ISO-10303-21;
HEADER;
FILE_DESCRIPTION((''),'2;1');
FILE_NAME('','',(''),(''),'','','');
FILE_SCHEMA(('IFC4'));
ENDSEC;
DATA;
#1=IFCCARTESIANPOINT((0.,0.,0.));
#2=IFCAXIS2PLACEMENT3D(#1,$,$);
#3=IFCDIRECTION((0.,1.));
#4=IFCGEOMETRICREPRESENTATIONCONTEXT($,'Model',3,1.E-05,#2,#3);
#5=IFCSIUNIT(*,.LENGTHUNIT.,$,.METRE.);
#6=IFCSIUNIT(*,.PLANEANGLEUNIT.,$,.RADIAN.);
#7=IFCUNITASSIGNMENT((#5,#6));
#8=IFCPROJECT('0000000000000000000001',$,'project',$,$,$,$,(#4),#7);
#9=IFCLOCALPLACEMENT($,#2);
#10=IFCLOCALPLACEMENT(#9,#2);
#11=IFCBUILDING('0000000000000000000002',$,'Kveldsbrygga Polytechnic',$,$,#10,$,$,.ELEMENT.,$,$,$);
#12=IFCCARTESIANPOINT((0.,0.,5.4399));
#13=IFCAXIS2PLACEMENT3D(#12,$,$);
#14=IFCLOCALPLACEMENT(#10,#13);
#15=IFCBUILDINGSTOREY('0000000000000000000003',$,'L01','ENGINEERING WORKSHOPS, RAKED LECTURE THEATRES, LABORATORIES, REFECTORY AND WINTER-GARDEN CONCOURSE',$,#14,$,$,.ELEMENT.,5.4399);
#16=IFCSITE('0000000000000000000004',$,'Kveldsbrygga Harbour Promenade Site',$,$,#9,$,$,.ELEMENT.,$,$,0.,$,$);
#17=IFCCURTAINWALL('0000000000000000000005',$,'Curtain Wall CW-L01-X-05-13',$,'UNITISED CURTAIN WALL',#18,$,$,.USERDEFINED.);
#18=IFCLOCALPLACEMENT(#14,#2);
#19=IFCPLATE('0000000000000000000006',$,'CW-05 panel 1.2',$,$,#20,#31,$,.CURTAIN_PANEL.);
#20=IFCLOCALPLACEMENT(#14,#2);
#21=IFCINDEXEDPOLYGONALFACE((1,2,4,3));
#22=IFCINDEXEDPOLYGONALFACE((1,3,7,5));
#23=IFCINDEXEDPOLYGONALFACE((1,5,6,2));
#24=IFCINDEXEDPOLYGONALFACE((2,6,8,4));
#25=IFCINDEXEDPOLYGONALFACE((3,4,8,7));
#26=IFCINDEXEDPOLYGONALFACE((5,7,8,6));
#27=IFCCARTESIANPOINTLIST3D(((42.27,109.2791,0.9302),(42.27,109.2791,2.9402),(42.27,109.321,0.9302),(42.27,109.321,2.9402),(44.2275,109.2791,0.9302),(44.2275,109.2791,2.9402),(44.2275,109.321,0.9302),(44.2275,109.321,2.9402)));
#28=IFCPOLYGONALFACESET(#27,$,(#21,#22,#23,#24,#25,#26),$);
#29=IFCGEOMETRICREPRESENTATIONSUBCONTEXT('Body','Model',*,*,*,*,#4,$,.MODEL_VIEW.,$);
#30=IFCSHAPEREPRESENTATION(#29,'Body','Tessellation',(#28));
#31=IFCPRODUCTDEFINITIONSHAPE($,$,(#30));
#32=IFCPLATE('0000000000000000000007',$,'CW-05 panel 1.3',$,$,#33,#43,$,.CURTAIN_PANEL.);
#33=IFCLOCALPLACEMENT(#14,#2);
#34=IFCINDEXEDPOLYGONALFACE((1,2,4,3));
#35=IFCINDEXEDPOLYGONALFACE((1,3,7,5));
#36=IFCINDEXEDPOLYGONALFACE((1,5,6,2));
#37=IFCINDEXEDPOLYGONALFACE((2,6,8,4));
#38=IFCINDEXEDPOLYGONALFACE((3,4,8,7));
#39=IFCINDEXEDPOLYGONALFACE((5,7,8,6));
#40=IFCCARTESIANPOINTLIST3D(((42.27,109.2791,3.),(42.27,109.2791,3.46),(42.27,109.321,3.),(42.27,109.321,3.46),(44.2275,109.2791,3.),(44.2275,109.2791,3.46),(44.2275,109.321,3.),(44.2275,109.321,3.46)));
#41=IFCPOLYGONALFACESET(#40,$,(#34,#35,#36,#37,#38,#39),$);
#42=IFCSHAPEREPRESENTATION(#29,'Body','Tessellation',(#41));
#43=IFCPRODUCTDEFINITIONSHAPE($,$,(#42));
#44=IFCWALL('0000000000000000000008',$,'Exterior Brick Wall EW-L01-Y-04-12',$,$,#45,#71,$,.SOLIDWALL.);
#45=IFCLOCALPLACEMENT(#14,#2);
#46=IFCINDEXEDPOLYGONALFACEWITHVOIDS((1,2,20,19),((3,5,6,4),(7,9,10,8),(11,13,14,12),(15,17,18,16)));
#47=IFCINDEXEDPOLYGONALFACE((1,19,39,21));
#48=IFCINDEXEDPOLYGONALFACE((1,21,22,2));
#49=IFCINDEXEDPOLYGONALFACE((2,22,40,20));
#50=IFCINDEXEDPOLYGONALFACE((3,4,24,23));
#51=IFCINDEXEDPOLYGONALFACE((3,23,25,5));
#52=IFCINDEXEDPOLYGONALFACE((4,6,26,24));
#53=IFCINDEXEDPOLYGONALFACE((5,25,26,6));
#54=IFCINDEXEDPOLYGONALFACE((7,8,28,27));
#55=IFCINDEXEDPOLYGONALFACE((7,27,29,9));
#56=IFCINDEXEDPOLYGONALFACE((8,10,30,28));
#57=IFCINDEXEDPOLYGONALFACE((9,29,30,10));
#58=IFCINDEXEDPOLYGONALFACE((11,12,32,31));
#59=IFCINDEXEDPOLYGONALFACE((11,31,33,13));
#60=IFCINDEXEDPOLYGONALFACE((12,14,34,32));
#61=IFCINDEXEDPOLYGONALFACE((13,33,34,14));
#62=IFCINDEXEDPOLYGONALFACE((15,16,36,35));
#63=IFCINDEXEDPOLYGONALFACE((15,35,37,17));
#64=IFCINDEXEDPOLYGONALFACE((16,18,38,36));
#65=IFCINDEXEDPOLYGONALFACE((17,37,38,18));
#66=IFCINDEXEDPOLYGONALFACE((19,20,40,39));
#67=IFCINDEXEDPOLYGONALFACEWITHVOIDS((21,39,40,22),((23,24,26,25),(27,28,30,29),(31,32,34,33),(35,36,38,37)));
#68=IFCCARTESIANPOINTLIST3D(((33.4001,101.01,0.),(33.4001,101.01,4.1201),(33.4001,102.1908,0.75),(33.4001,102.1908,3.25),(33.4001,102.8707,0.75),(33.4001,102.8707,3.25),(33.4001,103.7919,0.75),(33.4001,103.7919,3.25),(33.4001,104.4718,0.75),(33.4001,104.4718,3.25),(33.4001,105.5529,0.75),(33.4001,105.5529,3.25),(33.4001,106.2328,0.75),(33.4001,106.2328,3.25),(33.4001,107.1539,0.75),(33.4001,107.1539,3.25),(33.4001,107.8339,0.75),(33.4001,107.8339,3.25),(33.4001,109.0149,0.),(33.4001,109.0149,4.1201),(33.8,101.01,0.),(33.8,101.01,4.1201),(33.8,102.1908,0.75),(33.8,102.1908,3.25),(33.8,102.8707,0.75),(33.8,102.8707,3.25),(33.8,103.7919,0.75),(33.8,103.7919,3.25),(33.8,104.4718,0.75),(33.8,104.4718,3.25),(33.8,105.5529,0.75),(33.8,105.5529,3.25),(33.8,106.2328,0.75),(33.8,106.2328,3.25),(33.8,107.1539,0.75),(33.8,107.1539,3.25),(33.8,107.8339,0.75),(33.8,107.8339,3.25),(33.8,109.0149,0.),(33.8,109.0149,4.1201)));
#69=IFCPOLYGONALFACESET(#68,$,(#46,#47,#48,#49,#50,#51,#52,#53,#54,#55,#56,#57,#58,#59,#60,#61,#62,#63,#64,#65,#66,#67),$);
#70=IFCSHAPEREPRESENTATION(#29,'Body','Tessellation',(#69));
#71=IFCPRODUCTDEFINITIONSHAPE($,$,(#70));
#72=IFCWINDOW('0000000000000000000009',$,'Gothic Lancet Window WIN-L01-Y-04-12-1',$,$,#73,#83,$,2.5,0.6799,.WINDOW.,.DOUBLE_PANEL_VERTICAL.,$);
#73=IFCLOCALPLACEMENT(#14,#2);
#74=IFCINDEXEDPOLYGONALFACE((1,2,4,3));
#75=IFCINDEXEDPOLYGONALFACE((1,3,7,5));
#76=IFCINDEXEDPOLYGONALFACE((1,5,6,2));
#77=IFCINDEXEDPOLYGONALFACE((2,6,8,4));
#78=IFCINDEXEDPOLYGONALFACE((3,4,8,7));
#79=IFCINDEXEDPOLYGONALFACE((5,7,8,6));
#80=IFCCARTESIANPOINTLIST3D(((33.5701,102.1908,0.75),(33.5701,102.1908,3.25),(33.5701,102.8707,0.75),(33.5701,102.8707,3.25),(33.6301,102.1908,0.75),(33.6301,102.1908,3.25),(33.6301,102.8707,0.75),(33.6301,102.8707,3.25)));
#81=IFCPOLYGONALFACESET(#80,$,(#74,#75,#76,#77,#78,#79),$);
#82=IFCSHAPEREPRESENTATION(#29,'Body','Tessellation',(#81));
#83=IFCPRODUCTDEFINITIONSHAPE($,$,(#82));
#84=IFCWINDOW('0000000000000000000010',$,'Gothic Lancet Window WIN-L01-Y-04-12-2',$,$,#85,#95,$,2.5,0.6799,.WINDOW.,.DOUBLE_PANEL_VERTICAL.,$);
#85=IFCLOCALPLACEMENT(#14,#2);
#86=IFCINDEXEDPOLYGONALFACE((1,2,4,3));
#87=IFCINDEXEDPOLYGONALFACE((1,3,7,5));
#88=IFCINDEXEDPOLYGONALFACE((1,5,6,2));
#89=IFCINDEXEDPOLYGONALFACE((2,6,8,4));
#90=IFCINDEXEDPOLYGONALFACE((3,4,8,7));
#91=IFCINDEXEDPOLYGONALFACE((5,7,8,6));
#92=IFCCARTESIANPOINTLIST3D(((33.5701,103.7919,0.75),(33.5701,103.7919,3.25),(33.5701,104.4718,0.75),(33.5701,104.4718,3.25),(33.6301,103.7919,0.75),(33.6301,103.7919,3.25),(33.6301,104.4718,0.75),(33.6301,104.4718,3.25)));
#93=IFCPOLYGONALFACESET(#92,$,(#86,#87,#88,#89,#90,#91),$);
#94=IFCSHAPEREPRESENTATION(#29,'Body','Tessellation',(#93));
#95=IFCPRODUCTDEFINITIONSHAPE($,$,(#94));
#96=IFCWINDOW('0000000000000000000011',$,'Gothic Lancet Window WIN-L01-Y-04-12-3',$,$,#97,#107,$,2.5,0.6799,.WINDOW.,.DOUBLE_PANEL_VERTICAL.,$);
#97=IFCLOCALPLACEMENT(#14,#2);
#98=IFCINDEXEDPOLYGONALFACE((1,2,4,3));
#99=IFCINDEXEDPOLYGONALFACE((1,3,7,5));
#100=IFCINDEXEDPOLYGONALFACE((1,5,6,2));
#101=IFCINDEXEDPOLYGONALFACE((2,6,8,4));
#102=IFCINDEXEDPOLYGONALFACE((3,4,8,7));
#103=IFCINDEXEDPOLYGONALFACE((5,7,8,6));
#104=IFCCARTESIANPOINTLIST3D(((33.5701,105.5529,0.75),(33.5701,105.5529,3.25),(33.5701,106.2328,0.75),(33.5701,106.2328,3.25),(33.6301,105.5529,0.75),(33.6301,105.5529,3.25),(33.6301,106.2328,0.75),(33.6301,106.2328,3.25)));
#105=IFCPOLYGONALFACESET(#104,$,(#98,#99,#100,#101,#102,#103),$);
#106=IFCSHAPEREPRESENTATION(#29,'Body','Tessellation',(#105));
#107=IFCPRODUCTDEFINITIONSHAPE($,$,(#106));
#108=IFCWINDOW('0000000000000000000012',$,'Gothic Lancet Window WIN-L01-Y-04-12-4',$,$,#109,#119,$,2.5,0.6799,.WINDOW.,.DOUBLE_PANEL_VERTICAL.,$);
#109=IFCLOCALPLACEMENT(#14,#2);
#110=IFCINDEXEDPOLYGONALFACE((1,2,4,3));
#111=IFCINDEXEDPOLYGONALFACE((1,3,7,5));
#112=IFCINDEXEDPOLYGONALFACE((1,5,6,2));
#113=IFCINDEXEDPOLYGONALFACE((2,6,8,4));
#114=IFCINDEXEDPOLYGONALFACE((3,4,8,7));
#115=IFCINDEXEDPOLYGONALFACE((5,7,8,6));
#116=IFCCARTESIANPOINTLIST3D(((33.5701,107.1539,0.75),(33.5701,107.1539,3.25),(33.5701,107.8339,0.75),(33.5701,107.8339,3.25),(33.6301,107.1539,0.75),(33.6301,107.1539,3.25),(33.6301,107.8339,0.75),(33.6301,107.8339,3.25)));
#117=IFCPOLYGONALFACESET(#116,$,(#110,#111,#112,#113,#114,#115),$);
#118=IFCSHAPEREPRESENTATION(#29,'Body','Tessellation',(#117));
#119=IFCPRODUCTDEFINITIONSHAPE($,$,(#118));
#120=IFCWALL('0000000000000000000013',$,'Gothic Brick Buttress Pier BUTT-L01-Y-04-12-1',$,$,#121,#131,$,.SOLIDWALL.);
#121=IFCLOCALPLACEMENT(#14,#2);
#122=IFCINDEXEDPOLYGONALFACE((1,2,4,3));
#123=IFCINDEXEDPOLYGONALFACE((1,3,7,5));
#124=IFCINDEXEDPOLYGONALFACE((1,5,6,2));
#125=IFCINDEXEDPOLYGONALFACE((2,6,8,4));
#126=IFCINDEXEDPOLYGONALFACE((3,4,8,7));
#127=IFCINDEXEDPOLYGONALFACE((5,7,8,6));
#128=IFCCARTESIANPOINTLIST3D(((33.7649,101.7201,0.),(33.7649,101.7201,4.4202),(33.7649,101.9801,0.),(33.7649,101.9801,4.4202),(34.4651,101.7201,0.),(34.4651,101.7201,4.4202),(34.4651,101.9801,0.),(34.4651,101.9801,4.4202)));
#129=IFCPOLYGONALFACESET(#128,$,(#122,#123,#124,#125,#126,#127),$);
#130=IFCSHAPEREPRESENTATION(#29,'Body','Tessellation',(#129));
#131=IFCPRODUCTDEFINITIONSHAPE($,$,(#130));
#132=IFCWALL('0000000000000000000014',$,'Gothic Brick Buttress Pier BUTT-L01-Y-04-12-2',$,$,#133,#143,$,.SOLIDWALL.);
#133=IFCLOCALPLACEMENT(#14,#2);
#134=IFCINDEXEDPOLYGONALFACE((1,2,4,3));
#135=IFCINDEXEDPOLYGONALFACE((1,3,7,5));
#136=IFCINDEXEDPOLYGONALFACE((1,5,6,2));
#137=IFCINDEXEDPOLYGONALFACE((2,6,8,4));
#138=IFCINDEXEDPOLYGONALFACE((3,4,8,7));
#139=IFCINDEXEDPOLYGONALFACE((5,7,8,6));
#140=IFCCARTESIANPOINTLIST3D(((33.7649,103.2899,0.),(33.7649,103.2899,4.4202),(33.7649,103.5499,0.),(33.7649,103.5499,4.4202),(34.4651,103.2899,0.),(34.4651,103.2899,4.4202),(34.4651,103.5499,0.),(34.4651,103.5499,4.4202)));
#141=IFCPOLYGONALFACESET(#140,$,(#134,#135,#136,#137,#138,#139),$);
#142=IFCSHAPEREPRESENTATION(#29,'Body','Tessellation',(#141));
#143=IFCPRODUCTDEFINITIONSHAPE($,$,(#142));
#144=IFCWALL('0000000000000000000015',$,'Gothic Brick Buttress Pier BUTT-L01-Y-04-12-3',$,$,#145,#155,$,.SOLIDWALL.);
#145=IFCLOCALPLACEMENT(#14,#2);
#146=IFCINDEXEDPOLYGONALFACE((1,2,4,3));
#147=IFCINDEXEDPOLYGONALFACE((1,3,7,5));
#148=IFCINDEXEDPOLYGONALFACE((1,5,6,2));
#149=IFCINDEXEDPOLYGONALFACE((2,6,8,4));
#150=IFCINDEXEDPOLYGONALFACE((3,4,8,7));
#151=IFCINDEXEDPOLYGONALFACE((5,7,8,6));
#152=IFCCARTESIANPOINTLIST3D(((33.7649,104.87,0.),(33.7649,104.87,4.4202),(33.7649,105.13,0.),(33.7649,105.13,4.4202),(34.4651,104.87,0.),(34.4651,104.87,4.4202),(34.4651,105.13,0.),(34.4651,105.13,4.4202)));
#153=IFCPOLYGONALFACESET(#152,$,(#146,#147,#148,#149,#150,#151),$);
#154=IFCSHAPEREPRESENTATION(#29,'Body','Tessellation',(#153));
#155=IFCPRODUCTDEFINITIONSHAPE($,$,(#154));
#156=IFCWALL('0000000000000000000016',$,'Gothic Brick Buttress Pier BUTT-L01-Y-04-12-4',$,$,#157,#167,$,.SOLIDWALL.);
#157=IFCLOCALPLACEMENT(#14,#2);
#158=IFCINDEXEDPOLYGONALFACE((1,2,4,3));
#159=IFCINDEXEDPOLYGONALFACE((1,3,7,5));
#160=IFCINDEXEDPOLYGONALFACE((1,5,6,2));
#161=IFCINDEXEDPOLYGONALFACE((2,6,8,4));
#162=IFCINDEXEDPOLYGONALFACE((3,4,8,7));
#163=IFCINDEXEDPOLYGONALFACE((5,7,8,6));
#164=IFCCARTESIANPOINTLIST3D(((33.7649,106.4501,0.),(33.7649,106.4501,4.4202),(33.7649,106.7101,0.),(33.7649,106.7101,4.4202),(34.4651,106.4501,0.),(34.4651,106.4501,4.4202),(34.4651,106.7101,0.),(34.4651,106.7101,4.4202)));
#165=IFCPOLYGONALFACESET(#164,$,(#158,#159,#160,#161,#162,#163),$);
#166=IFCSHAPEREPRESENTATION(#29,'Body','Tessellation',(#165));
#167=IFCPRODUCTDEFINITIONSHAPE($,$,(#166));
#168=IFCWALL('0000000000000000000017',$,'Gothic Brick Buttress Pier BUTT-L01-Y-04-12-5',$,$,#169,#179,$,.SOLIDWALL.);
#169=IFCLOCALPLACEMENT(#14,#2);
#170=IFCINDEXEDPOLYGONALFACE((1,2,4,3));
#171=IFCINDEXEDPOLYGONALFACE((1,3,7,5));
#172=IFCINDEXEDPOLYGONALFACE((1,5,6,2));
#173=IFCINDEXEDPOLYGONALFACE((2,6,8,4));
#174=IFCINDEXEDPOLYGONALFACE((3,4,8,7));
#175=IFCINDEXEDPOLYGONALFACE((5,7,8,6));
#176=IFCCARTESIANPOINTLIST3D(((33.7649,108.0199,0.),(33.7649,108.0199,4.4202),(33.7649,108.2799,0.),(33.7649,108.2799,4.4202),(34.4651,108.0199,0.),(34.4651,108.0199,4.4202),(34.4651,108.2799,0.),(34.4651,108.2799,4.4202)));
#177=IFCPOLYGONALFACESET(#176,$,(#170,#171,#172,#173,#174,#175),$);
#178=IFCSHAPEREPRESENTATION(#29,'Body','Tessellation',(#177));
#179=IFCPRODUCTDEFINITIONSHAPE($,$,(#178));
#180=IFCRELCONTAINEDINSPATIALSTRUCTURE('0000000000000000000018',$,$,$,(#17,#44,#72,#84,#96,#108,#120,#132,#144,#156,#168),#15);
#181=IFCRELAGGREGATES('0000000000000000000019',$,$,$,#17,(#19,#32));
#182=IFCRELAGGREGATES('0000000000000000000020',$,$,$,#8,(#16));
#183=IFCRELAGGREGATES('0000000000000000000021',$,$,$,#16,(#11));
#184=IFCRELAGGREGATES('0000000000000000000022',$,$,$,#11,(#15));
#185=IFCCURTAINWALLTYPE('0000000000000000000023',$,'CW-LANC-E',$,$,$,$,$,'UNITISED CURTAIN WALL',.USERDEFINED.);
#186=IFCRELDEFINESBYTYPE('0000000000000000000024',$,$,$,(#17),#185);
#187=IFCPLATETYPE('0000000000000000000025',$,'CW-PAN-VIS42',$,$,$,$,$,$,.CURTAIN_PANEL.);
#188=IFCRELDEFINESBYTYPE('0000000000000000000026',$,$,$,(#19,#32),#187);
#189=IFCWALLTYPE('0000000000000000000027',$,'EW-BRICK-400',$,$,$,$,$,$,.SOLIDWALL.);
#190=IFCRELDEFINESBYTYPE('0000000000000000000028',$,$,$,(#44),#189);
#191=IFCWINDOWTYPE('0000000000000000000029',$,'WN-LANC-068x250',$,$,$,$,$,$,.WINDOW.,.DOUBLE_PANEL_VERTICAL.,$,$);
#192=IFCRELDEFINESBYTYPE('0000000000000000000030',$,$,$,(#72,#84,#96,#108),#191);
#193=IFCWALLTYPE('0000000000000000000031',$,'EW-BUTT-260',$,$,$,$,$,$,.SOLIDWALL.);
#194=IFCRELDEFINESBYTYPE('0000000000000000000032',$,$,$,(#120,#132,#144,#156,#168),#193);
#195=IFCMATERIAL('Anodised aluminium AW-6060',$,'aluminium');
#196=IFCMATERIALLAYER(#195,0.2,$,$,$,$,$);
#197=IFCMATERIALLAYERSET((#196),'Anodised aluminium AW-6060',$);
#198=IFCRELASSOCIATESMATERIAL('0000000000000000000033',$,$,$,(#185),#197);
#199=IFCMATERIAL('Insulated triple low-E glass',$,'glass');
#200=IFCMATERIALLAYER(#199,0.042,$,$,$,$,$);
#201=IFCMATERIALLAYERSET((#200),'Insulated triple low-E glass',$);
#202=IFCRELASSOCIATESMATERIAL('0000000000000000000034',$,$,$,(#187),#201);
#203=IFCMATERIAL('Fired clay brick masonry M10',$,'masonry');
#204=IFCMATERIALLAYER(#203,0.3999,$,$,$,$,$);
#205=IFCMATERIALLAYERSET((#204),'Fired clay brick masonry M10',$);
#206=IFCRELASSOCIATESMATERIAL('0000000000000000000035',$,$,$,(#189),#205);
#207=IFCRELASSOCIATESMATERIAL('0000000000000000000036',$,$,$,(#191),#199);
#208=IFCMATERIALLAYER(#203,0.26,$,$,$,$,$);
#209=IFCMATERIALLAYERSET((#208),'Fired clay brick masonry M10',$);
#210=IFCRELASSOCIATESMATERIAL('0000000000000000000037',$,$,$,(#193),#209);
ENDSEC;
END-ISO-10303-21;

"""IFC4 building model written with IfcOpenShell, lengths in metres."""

from ifc_helpers import new_model, si_unit, direction, frame, frame_2d, origin, origin_2d, place, context, subcontext, project, spatial, rectangle, extrude, material, layer, layer_set, type_object, element, fill, aggregate, save


model = new_model("IFC4")

# Units and contexts
model_context = context("Model", 3, precision=1e-05, world=origin(), true_north=direction((0.0, 1.0)))
body_context = subcontext(model_context, "Body", "Model", "MODEL_VIEW")
ifc_project = project(units=[si_unit("LENGTHUNIT", "METRE"), si_unit("PLANEANGLEUNIT", "RADIAN")], contexts=[model_context])

# Site, building, storey
site_placement = place(None, origin())
site = spatial("IfcSite", under=ifc_project, at=site_placement, Name="Kveldsbrygga Harbour Promenade Site", CompositionType="ELEMENT", RefElevation=0.0)
building_placement = place(site_placement, origin())
building = spatial("IfcBuilding", under=site, at=building_placement, Name="Kveldsbrygga Polytechnic", CompositionType="ELEMENT")
storey_placement = place(building_placement, frame((0.0, 0.0, 5.4399)))
storey = spatial("IfcBuildingStorey", under=building, at=storey_placement, Name="L01", Description="ENGINEERING WORKSHOPS, RAKED LECTURE THEATRES, LABORATORIES, REFECTORY AND WINTER-GARDEN CONCOURSE", CompositionType="ELEMENT", Elevation=5.4399)

# Curtain wall
ifc_material_1 = material(Name="Anodised aluminium AW-6060", Category="aluminium")
ifc_layer_1 = layer(ifc_material_1, 0.2)
ifc_layer_set_1 = layer_set([ifc_layer_1], Name="Anodised aluminium AW-6060")
curtain_wall_type = type_object("IfcCurtainWallType", Name="CW-LANC-E", ElementType="UNITISED CURTAIN WALL", PredefinedType="USERDEFINED", material=ifc_layer_set_1)
curtain_wall_placement = place(storey_placement, origin())
curtain_wall = element("IfcCurtainWall", 1, at=curtain_wall_placement, inside=storey, type_object=curtain_wall_type, Name="Curtain Wall CW-L01-X-05-13", ObjectType="UNITISED CURTAIN WALL", PredefinedType="USERDEFINED")

# Plates
ifc_material_2 = material(Name="Insulated triple low-E glass", Category="glass")
ifc_layer_2 = layer(ifc_material_2, 0.042)
ifc_layer_set_2 = layer_set([ifc_layer_2], Name="Insulated triple low-E glass")
plate_type_1 = type_object("IfcPlateType", Name="CW-PAN-VIS42", PredefinedType="CURTAIN_PANEL", material=ifc_layer_set_2)
plate_1_placement = place(storey_placement, frame((43.2488, 109.3, 0.9302), z_axis=(0.0, 0.0, 1.0), x_axis=(1.0, 0.0, 0.0)))
plate_1 = element("IfcPlate", 2, at=plate_1_placement, type_object=plate_type_1, Name="CW-05 panel 1.2", PredefinedType="CURTAIN_PANEL", context=body_context, shape_type="SweptSolid", body=[
    extrude(rectangle(XDim=1.9575, YDim=0.042, at=origin_2d()), origin(), (0.0, 0.0, 1.0), 2.01),
])
plate_2_placement = place(storey_placement, frame((43.2488, 109.3, 3.0), z_axis=(0.0, 0.0, 1.0), x_axis=(1.0, 0.0, 0.0)))
plate_2 = element("IfcPlate", 3, at=plate_2_placement, type_object=plate_type_1, Name="CW-05 panel 1.3", PredefinedType="CURTAIN_PANEL", context=body_context, shape_type="SweptSolid", body=[
    extrude(rectangle(XDim=1.9575, YDim=0.042, at=origin_2d()), origin(), (0.0, 0.0, 1.0), 0.46),
])
aggregate(curtain_wall, [plate_1, plate_2])

# Wall, openings, windows
ifc_material_3 = material(Name="Fired clay brick masonry M10", Category="masonry")
ifc_layer_3 = layer(ifc_material_3, 0.3999)
ifc_layer_set_3 = layer_set([ifc_layer_3], Name="Fired clay brick masonry M10")
wall_type_1 = type_object("IfcWallType", Name="EW-BRICK-400", PredefinedType="SOLIDWALL", material=ifc_layer_set_3)
wall_placement = place(storey_placement, frame((33.6001, 101.01, 0.0), z_axis=(0.0, 0.0, 1.0), x_axis=(0.0, 1.0, 0.0)))
wall = element("IfcWall", 4, at=wall_placement, inside=storey, type_object=wall_type_1, Name="Exterior Brick Wall EW-L01-Y-04-12", PredefinedType="SOLIDWALL", context=body_context, shape_type="SweptSolid", body=[
    extrude(rectangle(XDim=8.0049, YDim=0.3999, at=frame_2d((4.0024, 0.0))), origin(), (0.0, 0.0, 1.0), 4.1201),
])
opening_1_placement = place(wall_placement, frame((1.1809, 0.0, 0.75)))
opening_1 = element("IfcOpeningElement", 5, at=opening_1_placement, cuts=wall, PredefinedType="OPENING", context=body_context, shape_type="SweptSolid", body=[
    extrude(rectangle(XDim=0.6799, YDim=2.5, at=frame_2d((0.3398, 1.25))), frame((0.0, 0.21, 0.0), z_axis=(0.0, -1.0, 0.0), x_axis=(1.0, 0.0, 0.0)), (0.0, 0.0, 1.0), 0.4199),
])
opening_2_placement = place(wall_placement, frame((2.782, 0.0, 0.75)))
opening_2 = element("IfcOpeningElement", 6, at=opening_2_placement, cuts=wall, PredefinedType="OPENING", context=body_context, shape_type="SweptSolid", body=[
    extrude(rectangle(XDim=0.6799, YDim=2.5, at=frame_2d((0.3398, 1.25))), frame((0.0, 0.21, 0.0), z_axis=(0.0, -1.0, 0.0), x_axis=(1.0, 0.0, 0.0)), (0.0, 0.0, 1.0), 0.4199),
])
opening_3_placement = place(wall_placement, frame((4.543, 0.0, 0.75)))
opening_3 = element("IfcOpeningElement", 7, at=opening_3_placement, cuts=wall, PredefinedType="OPENING", context=body_context, shape_type="SweptSolid", body=[
    extrude(rectangle(XDim=0.6799, YDim=2.5, at=frame_2d((0.3398, 1.25))), frame((0.0, 0.21, 0.0), z_axis=(0.0, -1.0, 0.0), x_axis=(1.0, 0.0, 0.0)), (0.0, 0.0, 1.0), 0.4199),
])
opening_4_placement = place(wall_placement, frame((6.144, 0.0, 0.75)))
opening_4 = element("IfcOpeningElement", 8, at=opening_4_placement, cuts=wall, PredefinedType="OPENING", context=body_context, shape_type="SweptSolid", body=[
    extrude(rectangle(XDim=0.6799, YDim=2.5, at=frame_2d((0.3398, 1.25))), frame((0.0, 0.21, 0.0), z_axis=(0.0, -1.0, 0.0), x_axis=(1.0, 0.0, 0.0)), (0.0, 0.0, 1.0), 0.4199),
])
window_type = type_object("IfcWindowType", Name="WN-LANC-068x250", PartitioningType="DOUBLE_PANEL_VERTICAL", PredefinedType="WINDOW", material=ifc_material_2)
window_1_placement = place(opening_1_placement, origin())
window_1 = element("IfcWindow", 9, at=window_1_placement, inside=storey, type_object=window_type, Name="Gothic Lancet Window WIN-L01-Y-04-12-1", OverallHeight=2.5, OverallWidth=0.6799, PartitioningType="DOUBLE_PANEL_VERTICAL", PredefinedType="WINDOW", context=body_context, shape_type="SweptSolid", body=[
    extrude(rectangle(XDim=0.6799, YDim=2.5, at=frame_2d((0.3398, 1.25))), frame((0.0, 0.03, 0.0), z_axis=(0.0, -1.0, 0.0), x_axis=(1.0, 0.0, 0.0)), (0.0, 0.0, 1.0), 0.0601),
])
fill(opening_1, window_1)
window_2_placement = place(opening_2_placement, origin())
window_2 = element("IfcWindow", 10, at=window_2_placement, inside=storey, type_object=window_type, Name="Gothic Lancet Window WIN-L01-Y-04-12-2", OverallHeight=2.5, OverallWidth=0.6799, PartitioningType="DOUBLE_PANEL_VERTICAL", PredefinedType="WINDOW", context=body_context, shape_type="SweptSolid", body=[
    extrude(rectangle(XDim=0.6799, YDim=2.5, at=frame_2d((0.3398, 1.25))), frame((0.0, 0.03, 0.0), z_axis=(0.0, -1.0, 0.0), x_axis=(1.0, 0.0, 0.0)), (0.0, 0.0, 1.0), 0.0601),
])
fill(opening_2, window_2)
window_3_placement = place(opening_3_placement, origin())
window_3 = element("IfcWindow", 11, at=window_3_placement, inside=storey, type_object=window_type, Name="Gothic Lancet Window WIN-L01-Y-04-12-3", OverallHeight=2.5, OverallWidth=0.6799, PartitioningType="DOUBLE_PANEL_VERTICAL", PredefinedType="WINDOW", context=body_context, shape_type="SweptSolid", body=[
    extrude(rectangle(XDim=0.6799, YDim=2.5, at=frame_2d((0.3398, 1.25))), frame((0.0, 0.03, 0.0), z_axis=(0.0, -1.0, 0.0), x_axis=(1.0, 0.0, 0.0)), (0.0, 0.0, 1.0), 0.0601),
])
fill(opening_3, window_3)
window_4_placement = place(opening_4_placement, origin())
window_4 = element("IfcWindow", 12, at=window_4_placement, inside=storey, type_object=window_type, Name="Gothic Lancet Window WIN-L01-Y-04-12-4", OverallHeight=2.5, OverallWidth=0.6799, PartitioningType="DOUBLE_PANEL_VERTICAL", PredefinedType="WINDOW", context=body_context, shape_type="SweptSolid", body=[
    extrude(rectangle(XDim=0.6799, YDim=2.5, at=frame_2d((0.3398, 1.25))), frame((0.0, 0.03, 0.0), z_axis=(0.0, -1.0, 0.0), x_axis=(1.0, 0.0, 0.0)), (0.0, 0.0, 1.0), 0.0601),
])
fill(opening_4, window_4)

# Walls
ifc_layer_4 = layer(ifc_material_3, 0.26)
ifc_layer_set_4 = layer_set([ifc_layer_4], Name="Fired clay brick masonry M10")
wall_type_2 = type_object("IfcWallType", Name="EW-BUTT-260", PredefinedType="SOLIDWALL", material=ifc_layer_set_4)
for number, where, z_axis, x_axis, name in (
    (13, (33.7649, 101.8501, 0.0), (0.0, 0.0, 1.0), (1.0, 0.0, 0.0), "Gothic Brick Buttress Pier BUTT-L01-Y-04-12-1"),
    (14, (33.7649, 103.4199, 0.0), (0.0, 0.0, 1.0), (1.0, 0.0, 0.0), "Gothic Brick Buttress Pier BUTT-L01-Y-04-12-2"),
    (15, (33.7649, 105.0, 0.0), (0.0, 0.0, 1.0), (1.0, 0.0, 0.0), "Gothic Brick Buttress Pier BUTT-L01-Y-04-12-3"),
    (16, (33.7649, 106.5801, 0.0), (0.0, 0.0, 1.0), (1.0, 0.0, 0.0), "Gothic Brick Buttress Pier BUTT-L01-Y-04-12-4"),
    (17, (33.7649, 108.1499, 0.0), (0.0, 0.0, 1.0), (1.0, 0.0, 0.0), "Gothic Brick Buttress Pier BUTT-L01-Y-04-12-5"),
):
    element("IfcWall", number, at=place(storey_placement, frame(where, z_axis=z_axis, x_axis=x_axis)), inside=storey, type_object=wall_type_2, Name=name, PredefinedType="SOLIDWALL", context=body_context, shape_type="SweptSolid", body=[
        extrude(rectangle(XDim=0.7002, YDim=0.26, at=frame_2d((0.3501, 0.0))), origin(), (0.0, 0.0, 1.0), 4.4202),
    ])

save(model, "model.ifc")
